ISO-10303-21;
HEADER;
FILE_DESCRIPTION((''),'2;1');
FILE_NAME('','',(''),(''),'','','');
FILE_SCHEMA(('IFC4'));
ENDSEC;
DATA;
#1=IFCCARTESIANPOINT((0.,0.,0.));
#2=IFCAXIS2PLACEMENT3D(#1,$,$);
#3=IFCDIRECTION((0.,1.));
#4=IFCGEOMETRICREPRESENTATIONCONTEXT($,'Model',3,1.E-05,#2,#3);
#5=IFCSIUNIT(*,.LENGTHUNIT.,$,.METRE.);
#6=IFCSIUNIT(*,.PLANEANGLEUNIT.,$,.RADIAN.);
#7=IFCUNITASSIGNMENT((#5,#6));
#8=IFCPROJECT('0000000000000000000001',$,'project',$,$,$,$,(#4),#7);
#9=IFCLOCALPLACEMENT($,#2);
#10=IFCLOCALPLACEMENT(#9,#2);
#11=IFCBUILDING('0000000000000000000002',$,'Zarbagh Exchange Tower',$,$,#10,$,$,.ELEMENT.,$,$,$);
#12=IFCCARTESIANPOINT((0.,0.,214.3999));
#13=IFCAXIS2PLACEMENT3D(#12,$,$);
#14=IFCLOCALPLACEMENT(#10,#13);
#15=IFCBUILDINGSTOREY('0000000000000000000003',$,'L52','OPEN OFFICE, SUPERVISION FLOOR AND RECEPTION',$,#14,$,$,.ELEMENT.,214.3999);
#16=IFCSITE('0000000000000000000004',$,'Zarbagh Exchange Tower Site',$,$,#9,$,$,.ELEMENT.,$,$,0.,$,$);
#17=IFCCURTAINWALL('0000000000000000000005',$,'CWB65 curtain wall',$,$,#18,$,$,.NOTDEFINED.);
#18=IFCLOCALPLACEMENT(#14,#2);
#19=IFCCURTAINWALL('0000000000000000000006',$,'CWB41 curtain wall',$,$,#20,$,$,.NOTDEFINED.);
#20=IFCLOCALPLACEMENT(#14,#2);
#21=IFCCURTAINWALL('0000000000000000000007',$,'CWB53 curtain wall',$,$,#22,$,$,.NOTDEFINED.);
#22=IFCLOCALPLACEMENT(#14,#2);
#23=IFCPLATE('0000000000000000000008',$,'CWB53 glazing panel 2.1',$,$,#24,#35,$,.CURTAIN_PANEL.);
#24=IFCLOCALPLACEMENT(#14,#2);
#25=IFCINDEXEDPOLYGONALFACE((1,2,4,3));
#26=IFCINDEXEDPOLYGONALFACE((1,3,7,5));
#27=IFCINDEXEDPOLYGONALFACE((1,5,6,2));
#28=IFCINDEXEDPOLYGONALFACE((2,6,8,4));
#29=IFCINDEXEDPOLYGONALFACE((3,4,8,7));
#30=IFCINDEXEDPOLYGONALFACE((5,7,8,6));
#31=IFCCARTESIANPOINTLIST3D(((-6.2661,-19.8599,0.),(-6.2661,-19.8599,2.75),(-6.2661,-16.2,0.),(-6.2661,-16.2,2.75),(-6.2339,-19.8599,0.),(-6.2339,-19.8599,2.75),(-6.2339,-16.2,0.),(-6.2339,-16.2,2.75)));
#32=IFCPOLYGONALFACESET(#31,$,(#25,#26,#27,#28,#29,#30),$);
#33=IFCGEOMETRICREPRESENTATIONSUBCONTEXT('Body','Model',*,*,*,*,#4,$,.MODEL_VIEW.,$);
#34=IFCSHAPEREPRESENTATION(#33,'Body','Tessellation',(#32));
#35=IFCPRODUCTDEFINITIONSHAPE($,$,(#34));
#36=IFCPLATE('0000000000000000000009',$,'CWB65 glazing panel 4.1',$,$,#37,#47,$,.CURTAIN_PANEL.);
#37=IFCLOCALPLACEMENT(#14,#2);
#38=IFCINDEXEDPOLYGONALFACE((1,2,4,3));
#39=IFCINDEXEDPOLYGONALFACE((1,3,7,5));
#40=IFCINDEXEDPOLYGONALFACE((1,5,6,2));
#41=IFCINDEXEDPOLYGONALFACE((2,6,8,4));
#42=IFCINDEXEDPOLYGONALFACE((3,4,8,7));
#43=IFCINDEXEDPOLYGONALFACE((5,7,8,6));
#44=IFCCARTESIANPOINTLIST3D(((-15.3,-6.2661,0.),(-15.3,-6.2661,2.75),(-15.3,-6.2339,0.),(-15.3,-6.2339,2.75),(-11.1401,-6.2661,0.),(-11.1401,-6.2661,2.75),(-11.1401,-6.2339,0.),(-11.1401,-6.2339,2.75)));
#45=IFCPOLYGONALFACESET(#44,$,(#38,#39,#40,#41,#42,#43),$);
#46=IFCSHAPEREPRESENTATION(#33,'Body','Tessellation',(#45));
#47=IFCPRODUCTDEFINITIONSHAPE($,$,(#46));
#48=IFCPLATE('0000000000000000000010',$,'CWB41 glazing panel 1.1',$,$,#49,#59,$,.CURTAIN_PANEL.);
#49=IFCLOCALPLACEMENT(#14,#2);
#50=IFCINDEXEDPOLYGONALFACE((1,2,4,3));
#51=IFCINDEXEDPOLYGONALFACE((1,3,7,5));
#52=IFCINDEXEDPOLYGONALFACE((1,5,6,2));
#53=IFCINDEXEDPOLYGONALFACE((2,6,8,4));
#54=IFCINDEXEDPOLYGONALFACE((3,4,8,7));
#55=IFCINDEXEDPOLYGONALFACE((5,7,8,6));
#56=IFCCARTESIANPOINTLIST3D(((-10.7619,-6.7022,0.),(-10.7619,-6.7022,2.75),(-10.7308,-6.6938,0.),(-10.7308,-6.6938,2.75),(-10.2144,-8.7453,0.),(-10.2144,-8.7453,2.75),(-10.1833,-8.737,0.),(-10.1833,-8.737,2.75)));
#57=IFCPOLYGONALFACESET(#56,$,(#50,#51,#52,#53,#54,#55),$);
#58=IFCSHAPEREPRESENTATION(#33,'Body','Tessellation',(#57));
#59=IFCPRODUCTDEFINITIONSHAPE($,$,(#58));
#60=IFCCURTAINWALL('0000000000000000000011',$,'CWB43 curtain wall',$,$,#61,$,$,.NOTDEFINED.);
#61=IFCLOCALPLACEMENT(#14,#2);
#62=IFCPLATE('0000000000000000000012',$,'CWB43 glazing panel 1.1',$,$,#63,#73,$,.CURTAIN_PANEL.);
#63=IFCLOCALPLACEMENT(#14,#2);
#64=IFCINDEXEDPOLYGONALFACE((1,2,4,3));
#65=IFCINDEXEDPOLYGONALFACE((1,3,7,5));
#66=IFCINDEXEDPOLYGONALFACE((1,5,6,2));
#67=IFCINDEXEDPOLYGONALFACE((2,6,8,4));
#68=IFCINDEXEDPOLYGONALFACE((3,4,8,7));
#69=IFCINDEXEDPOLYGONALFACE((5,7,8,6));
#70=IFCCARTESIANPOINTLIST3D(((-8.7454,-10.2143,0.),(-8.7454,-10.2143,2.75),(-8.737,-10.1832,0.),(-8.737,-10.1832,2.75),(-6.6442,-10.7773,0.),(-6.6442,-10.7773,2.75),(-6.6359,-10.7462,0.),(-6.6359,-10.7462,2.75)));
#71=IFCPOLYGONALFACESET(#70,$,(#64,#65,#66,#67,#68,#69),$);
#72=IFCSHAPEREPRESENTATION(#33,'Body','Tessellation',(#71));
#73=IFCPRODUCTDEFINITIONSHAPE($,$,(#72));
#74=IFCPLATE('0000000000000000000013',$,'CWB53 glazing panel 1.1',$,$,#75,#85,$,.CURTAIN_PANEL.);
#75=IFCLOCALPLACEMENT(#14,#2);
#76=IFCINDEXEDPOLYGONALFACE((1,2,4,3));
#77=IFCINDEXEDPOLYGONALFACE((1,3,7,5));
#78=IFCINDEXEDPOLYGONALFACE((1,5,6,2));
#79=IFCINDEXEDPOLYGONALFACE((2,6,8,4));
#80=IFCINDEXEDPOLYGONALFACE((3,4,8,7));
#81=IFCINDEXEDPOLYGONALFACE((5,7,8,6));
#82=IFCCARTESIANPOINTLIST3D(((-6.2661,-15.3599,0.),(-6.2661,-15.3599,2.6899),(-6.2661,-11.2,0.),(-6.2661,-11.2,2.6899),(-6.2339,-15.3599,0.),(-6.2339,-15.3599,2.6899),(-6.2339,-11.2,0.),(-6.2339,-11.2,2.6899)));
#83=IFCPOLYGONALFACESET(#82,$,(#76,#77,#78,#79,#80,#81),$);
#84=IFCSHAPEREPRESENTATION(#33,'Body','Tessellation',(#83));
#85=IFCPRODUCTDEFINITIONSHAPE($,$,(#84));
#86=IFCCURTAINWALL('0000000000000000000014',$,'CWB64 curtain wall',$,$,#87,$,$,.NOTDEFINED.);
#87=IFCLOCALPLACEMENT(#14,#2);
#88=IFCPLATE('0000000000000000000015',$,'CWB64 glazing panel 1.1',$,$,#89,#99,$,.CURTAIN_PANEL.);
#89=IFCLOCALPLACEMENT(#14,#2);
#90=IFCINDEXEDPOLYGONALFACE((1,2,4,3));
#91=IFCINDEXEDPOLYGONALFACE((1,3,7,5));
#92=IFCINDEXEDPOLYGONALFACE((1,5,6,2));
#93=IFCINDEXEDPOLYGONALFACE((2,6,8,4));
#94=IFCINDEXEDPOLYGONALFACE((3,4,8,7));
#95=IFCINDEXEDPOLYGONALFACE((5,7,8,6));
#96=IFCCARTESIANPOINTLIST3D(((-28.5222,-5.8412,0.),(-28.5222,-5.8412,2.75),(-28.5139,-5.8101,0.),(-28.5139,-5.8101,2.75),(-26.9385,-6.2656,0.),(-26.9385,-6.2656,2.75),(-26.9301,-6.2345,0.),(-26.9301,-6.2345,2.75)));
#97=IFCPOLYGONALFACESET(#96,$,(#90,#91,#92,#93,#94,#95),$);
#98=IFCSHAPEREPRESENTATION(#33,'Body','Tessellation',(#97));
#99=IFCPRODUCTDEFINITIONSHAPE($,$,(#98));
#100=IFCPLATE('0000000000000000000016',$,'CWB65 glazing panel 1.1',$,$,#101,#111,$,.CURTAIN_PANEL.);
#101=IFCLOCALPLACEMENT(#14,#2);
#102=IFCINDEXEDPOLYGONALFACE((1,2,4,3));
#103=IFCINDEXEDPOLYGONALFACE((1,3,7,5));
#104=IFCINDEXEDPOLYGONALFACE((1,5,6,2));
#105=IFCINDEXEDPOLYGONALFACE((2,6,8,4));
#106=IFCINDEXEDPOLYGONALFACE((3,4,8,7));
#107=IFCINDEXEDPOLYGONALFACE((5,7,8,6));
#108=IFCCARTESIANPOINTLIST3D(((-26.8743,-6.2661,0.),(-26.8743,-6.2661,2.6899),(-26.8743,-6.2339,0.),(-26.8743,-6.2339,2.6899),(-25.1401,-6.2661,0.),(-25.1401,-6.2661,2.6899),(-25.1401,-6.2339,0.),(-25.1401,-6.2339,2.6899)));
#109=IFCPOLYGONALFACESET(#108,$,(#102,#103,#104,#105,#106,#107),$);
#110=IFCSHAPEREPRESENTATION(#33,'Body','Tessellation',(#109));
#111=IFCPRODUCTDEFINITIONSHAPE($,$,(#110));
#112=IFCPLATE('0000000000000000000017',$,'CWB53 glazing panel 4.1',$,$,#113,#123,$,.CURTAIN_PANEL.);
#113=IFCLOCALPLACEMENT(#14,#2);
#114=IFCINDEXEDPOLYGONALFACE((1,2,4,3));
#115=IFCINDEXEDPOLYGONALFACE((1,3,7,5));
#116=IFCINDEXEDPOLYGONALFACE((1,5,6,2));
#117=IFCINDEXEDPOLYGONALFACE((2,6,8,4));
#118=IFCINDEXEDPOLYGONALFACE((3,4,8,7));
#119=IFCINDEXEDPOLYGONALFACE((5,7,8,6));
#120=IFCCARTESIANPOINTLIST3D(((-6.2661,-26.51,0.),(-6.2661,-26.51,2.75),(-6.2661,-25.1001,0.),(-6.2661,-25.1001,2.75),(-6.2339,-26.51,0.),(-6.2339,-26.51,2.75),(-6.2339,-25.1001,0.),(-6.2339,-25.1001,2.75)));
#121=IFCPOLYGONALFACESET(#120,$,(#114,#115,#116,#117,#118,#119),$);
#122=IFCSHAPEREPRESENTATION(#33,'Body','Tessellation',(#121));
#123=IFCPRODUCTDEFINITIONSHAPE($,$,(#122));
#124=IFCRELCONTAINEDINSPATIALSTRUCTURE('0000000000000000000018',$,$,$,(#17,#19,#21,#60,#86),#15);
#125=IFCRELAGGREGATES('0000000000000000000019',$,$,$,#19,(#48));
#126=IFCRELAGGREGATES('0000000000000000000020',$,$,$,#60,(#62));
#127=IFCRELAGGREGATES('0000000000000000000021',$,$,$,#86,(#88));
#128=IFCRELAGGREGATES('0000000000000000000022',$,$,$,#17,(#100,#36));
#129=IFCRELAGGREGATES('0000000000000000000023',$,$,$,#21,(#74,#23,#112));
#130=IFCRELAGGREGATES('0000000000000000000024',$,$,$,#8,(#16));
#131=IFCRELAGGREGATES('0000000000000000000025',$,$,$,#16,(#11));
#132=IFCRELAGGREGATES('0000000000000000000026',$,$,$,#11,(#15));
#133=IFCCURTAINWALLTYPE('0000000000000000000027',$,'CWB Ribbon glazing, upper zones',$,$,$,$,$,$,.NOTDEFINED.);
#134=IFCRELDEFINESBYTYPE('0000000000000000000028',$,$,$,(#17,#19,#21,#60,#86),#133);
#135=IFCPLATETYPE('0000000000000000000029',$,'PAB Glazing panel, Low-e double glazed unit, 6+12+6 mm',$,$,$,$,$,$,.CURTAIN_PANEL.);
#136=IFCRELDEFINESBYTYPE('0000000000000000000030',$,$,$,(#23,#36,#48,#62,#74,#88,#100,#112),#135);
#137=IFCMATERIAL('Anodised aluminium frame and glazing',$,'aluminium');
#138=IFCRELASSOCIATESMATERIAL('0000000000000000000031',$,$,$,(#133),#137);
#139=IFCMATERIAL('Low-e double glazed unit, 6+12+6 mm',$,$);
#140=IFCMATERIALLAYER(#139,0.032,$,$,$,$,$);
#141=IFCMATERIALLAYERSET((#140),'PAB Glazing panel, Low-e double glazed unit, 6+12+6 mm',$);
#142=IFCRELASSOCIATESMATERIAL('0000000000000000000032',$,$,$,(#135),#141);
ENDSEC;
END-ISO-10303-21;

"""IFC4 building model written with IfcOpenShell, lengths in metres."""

from ifc_helpers import new_model, si_unit, direction, frame, origin, place, context, subcontext, project, spatial, polyline, outline, extrude, source, transform, mapped, material, layer, layer_set, type_object, element, aggregate, save


model = new_model("IFC4")

# Units and contexts
model_context = context("Model", 3, precision=1e-05, world=origin(), true_north=direction((0.0, 1.0)))
body_context = subcontext(model_context, "Body", "Model", "MODEL_VIEW")
ifc_project = project(units=[si_unit("LENGTHUNIT", "METRE"), si_unit("PLANEANGLEUNIT", "RADIAN")], contexts=[model_context])

# Site, building, storey
site_placement = place(None, origin())
site = spatial("IfcSite", under=ifc_project, at=site_placement, Name="Zarbagh Exchange Tower Site", CompositionType="ELEMENT", RefElevation=0.0)
building_placement = place(site_placement, origin())
building = spatial("IfcBuilding", under=site, at=building_placement, Name="Zarbagh Exchange Tower", CompositionType="ELEMENT")
storey_placement = place(building_placement, frame((0.0, 0.0, 214.3999)))
storey = spatial("IfcBuildingStorey", under=building, at=storey_placement, Name="L52", Description="OPEN OFFICE, SUPERVISION FLOOR AND RECEPTION", CompositionType="ELEMENT", Elevation=214.3999)

# Curtain wall
ifc_material_1 = material(Name="Anodised aluminium frame and glazing", Category="aluminium")
curtain_wall_type = type_object("IfcCurtainWallType", Name="CWB Ribbon glazing, upper zones", PredefinedType="NOTDEFINED", material=ifc_material_1)
curtain_wall_1_placement = place(storey_placement, origin())
curtain_wall_1 = element("IfcCurtainWall", 1, at=curtain_wall_1_placement, inside=storey, type_object=curtain_wall_type, Name="CWB65 curtain wall", PredefinedType="NOTDEFINED")
placement = place(storey_placement, origin())

# Curtain wall
curtain_wall_2_placement = place(storey_placement, origin())
curtain_wall_2 = element("IfcCurtainWall", 2, at=curtain_wall_2_placement, inside=storey, type_object=curtain_wall_type, Name="CWB41 curtain wall", PredefinedType="NOTDEFINED")

# Curtain wall
curtain_wall_3_placement = place(storey_placement, origin())
curtain_wall_3 = element("IfcCurtainWall", 3, at=curtain_wall_3_placement, inside=storey, type_object=curtain_wall_type, Name="CWB53 curtain wall", PredefinedType="NOTDEFINED")

# Shared definitions
ifc_material_2 = material(Name="Low-e double glazed unit, 6+12+6 mm")
ifc_layer = layer(ifc_material_2, 0.032)
ifc_layer_set = layer_set([ifc_layer], Name="PAB Glazing panel, Low-e double glazed unit, 6+12+6 mm")
plate_type = type_object("IfcPlateType", Name="PAB Glazing panel, Low-e double glazed unit, 6+12+6 mm", PredefinedType="CURTAIN_PANEL", material=ifc_layer_set)

# Plates
shared_shape_1 = source(origin(), body_context, "Body", "SweptSolid", [
    extrude(outline(polyline([(0.0, -0.0161), (3.6599, -0.0161), (3.6599, 0.0161), (0.0, 0.0161), (0.0, -0.0161)])), origin(), (0.0, 0.0, 1.0), 2.75),
])
plate_1 = element("IfcPlate", 4, at=placement, type_object=plate_type, Name="CWB53 glazing panel 2.1", PredefinedType="CURTAIN_PANEL", context=body_context, shape_type="MappedRepresentation", body=[
    mapped(shared_shape_1, transform((-6.25, -16.2, 0.0), x_axis=(0.0, -1.0, 0.0), y_axis=(1.0, 0.0, 0.0), z_axis=(0.0, 0.0, 1.0))),
])
shared_shape_2 = source(origin(), body_context, "Body", "SweptSolid", [
    extrude(outline(polyline([(0.0, -0.0161), (4.1599, -0.0161), (4.1599, 0.0161), (0.0, 0.0161), (0.0, -0.0161)])), origin(), (0.0, 0.0, 1.0), 2.75),
])
plate_2 = element("IfcPlate", 5, at=placement, type_object=plate_type, Name="CWB65 glazing panel 4.1", PredefinedType="CURTAIN_PANEL", context=body_context, shape_type="MappedRepresentation", body=[
    mapped(shared_shape_2, transform((-15.3, -6.25, 0.0), x_axis=(1.0, 0.0, 0.0), y_axis=(0.0, 1.0, 0.0), z_axis=(0.0, 0.0, 1.0))),
])
shared_shape_3 = source(origin(), body_context, "Body", "SweptSolid", [
    extrude(outline(polyline([(0.0, -0.0161), (2.1152, -0.0161), (2.1152, 0.0161), (0.0, 0.0161), (0.0, -0.0161)])), origin(), (0.0, 0.0, 1.0), 2.75),
])
plate_3 = element("IfcPlate", 6, at=placement, type_object=plate_type, Name="CWB41 glazing panel 1.1", PredefinedType="CURTAIN_PANEL", context=body_context, shape_type="MappedRepresentation", body=[
    mapped(shared_shape_3, transform((-10.7463, -6.698, 0.0), x_axis=(0.258825, -0.965924, 0.0), y_axis=(0.965924, 0.258825, 0.0), z_axis=(0.0, 0.0, 1.0))),
])
aggregate(curtain_wall_2, [plate_3])

# Curtain wall, plate
curtain_wall_4_placement = place(storey_placement, origin())
curtain_wall_4 = element("IfcCurtainWall", 7, at=curtain_wall_4_placement, inside=storey, type_object=curtain_wall_type, Name="CWB43 curtain wall", PredefinedType="NOTDEFINED")
shared_shape_4 = source(origin(), body_context, "Body", "SweptSolid", [
    extrude(outline(polyline([(0.0, -0.0161), (2.1753, -0.0161), (2.1753, 0.0161), (0.0, 0.0161), (0.0, -0.0161)])), origin(), (0.0, 0.0, 1.0), 2.75),
])
plate_4 = element("IfcPlate", 8, at=placement, type_object=plate_type, Name="CWB43 glazing panel 1.1", PredefinedType="CURTAIN_PANEL", context=body_context, shape_type="MappedRepresentation", body=[
    mapped(shared_shape_4, transform((-8.7412, -10.1987, 0.0), x_axis=(0.965924, -0.258825, 0.0), y_axis=(0.258825, 0.965924, 0.0), z_axis=(0.0, 0.0, 1.0))),
])
aggregate(curtain_wall_4, [plate_4])

# Plate
shared_shape_5 = source(origin(), body_context, "Body", "SweptSolid", [
    extrude(outline(polyline([(0.0, -0.0161), (4.1599, -0.0161), (4.1599, 0.0161), (0.0, 0.0161), (0.0, -0.0161)])), origin(), (0.0, 0.0, 1.0), 2.6899),
])
plate_5 = element("IfcPlate", 9, at=placement, type_object=plate_type, Name="CWB53 glazing panel 1.1", PredefinedType="CURTAIN_PANEL", context=body_context, shape_type="MappedRepresentation", body=[
    mapped(shared_shape_5, transform((-6.25, -11.2, 0.0), x_axis=(0.0, -1.0, 0.0), y_axis=(1.0, 0.0, 0.0), z_axis=(0.0, 0.0, 1.0))),
])

# Curtain wall, plate
curtain_wall_5_placement = place(storey_placement, origin())
curtain_wall_5 = element("IfcCurtainWall", 10, at=curtain_wall_5_placement, inside=storey, type_object=curtain_wall_type, Name="CWB64 curtain wall", PredefinedType="NOTDEFINED")
shared_shape_6 = source(origin(), body_context, "Body", "SweptSolid", [
    extrude(outline(polyline([(0.0, -0.0161), (1.6396, -0.0161), (1.6396, 0.0161), (0.0, 0.0161), (0.0, -0.0161)])), origin(), (0.0, 0.0, 1.0), 2.75),
])
plate_6 = element("IfcPlate", 11, at=placement, type_object=plate_type, Name="CWB64 glazing panel 1.1", PredefinedType="CURTAIN_PANEL", context=body_context, shape_type="MappedRepresentation", body=[
    mapped(shared_shape_6, transform((-28.5181, -5.8257, 0.0), x_axis=(0.965924, -0.258825, 0.0), y_axis=(0.258825, 0.965924, 0.0), z_axis=(0.0, 0.0, 1.0))),
])
aggregate(curtain_wall_5, [plate_6])

# Plates
shared_shape_7 = source(origin(), body_context, "Body", "SweptSolid", [
    extrude(outline(polyline([(0.0, -0.0161), (1.7341, -0.0161), (1.7341, 0.0161), (0.0, 0.0161), (0.0, -0.0161)])), origin(), (0.0, 0.0, 1.0), 2.6899),
])
plate_7 = element("IfcPlate", 12, at=placement, type_object=plate_type, Name="CWB65 glazing panel 1.1", PredefinedType="CURTAIN_PANEL", context=body_context, shape_type="MappedRepresentation", body=[
    mapped(shared_shape_7, transform((-26.8743, -6.25, 0.0), x_axis=(1.0, 0.0, 0.0), y_axis=(0.0, 1.0, 0.0), z_axis=(0.0, 0.0, 1.0))),
])
aggregate(curtain_wall_1, [plate_7, plate_2])
shared_shape_8 = source(origin(), body_context, "Body", "SweptSolid", [
    extrude(outline(polyline([(0.0, -0.0161), (1.4099, -0.0161), (1.4099, 0.0161), (0.0, 0.0161), (0.0, -0.0161)])), origin(), (0.0, 0.0, 1.0), 2.75),
])
plate_8 = element("IfcPlate", 13, at=placement, type_object=plate_type, Name="CWB53 glazing panel 4.1", PredefinedType="CURTAIN_PANEL", context=body_context, shape_type="MappedRepresentation", body=[
    mapped(shared_shape_8, transform((-6.25, -25.1001, 0.0), x_axis=(0.0, -1.0, 0.0), y_axis=(1.0, 0.0, 0.0), z_axis=(0.0, 0.0, 1.0))),
])
aggregate(curtain_wall_3, [plate_5, plate_1, plate_8])

save(model, "model.ifc")
